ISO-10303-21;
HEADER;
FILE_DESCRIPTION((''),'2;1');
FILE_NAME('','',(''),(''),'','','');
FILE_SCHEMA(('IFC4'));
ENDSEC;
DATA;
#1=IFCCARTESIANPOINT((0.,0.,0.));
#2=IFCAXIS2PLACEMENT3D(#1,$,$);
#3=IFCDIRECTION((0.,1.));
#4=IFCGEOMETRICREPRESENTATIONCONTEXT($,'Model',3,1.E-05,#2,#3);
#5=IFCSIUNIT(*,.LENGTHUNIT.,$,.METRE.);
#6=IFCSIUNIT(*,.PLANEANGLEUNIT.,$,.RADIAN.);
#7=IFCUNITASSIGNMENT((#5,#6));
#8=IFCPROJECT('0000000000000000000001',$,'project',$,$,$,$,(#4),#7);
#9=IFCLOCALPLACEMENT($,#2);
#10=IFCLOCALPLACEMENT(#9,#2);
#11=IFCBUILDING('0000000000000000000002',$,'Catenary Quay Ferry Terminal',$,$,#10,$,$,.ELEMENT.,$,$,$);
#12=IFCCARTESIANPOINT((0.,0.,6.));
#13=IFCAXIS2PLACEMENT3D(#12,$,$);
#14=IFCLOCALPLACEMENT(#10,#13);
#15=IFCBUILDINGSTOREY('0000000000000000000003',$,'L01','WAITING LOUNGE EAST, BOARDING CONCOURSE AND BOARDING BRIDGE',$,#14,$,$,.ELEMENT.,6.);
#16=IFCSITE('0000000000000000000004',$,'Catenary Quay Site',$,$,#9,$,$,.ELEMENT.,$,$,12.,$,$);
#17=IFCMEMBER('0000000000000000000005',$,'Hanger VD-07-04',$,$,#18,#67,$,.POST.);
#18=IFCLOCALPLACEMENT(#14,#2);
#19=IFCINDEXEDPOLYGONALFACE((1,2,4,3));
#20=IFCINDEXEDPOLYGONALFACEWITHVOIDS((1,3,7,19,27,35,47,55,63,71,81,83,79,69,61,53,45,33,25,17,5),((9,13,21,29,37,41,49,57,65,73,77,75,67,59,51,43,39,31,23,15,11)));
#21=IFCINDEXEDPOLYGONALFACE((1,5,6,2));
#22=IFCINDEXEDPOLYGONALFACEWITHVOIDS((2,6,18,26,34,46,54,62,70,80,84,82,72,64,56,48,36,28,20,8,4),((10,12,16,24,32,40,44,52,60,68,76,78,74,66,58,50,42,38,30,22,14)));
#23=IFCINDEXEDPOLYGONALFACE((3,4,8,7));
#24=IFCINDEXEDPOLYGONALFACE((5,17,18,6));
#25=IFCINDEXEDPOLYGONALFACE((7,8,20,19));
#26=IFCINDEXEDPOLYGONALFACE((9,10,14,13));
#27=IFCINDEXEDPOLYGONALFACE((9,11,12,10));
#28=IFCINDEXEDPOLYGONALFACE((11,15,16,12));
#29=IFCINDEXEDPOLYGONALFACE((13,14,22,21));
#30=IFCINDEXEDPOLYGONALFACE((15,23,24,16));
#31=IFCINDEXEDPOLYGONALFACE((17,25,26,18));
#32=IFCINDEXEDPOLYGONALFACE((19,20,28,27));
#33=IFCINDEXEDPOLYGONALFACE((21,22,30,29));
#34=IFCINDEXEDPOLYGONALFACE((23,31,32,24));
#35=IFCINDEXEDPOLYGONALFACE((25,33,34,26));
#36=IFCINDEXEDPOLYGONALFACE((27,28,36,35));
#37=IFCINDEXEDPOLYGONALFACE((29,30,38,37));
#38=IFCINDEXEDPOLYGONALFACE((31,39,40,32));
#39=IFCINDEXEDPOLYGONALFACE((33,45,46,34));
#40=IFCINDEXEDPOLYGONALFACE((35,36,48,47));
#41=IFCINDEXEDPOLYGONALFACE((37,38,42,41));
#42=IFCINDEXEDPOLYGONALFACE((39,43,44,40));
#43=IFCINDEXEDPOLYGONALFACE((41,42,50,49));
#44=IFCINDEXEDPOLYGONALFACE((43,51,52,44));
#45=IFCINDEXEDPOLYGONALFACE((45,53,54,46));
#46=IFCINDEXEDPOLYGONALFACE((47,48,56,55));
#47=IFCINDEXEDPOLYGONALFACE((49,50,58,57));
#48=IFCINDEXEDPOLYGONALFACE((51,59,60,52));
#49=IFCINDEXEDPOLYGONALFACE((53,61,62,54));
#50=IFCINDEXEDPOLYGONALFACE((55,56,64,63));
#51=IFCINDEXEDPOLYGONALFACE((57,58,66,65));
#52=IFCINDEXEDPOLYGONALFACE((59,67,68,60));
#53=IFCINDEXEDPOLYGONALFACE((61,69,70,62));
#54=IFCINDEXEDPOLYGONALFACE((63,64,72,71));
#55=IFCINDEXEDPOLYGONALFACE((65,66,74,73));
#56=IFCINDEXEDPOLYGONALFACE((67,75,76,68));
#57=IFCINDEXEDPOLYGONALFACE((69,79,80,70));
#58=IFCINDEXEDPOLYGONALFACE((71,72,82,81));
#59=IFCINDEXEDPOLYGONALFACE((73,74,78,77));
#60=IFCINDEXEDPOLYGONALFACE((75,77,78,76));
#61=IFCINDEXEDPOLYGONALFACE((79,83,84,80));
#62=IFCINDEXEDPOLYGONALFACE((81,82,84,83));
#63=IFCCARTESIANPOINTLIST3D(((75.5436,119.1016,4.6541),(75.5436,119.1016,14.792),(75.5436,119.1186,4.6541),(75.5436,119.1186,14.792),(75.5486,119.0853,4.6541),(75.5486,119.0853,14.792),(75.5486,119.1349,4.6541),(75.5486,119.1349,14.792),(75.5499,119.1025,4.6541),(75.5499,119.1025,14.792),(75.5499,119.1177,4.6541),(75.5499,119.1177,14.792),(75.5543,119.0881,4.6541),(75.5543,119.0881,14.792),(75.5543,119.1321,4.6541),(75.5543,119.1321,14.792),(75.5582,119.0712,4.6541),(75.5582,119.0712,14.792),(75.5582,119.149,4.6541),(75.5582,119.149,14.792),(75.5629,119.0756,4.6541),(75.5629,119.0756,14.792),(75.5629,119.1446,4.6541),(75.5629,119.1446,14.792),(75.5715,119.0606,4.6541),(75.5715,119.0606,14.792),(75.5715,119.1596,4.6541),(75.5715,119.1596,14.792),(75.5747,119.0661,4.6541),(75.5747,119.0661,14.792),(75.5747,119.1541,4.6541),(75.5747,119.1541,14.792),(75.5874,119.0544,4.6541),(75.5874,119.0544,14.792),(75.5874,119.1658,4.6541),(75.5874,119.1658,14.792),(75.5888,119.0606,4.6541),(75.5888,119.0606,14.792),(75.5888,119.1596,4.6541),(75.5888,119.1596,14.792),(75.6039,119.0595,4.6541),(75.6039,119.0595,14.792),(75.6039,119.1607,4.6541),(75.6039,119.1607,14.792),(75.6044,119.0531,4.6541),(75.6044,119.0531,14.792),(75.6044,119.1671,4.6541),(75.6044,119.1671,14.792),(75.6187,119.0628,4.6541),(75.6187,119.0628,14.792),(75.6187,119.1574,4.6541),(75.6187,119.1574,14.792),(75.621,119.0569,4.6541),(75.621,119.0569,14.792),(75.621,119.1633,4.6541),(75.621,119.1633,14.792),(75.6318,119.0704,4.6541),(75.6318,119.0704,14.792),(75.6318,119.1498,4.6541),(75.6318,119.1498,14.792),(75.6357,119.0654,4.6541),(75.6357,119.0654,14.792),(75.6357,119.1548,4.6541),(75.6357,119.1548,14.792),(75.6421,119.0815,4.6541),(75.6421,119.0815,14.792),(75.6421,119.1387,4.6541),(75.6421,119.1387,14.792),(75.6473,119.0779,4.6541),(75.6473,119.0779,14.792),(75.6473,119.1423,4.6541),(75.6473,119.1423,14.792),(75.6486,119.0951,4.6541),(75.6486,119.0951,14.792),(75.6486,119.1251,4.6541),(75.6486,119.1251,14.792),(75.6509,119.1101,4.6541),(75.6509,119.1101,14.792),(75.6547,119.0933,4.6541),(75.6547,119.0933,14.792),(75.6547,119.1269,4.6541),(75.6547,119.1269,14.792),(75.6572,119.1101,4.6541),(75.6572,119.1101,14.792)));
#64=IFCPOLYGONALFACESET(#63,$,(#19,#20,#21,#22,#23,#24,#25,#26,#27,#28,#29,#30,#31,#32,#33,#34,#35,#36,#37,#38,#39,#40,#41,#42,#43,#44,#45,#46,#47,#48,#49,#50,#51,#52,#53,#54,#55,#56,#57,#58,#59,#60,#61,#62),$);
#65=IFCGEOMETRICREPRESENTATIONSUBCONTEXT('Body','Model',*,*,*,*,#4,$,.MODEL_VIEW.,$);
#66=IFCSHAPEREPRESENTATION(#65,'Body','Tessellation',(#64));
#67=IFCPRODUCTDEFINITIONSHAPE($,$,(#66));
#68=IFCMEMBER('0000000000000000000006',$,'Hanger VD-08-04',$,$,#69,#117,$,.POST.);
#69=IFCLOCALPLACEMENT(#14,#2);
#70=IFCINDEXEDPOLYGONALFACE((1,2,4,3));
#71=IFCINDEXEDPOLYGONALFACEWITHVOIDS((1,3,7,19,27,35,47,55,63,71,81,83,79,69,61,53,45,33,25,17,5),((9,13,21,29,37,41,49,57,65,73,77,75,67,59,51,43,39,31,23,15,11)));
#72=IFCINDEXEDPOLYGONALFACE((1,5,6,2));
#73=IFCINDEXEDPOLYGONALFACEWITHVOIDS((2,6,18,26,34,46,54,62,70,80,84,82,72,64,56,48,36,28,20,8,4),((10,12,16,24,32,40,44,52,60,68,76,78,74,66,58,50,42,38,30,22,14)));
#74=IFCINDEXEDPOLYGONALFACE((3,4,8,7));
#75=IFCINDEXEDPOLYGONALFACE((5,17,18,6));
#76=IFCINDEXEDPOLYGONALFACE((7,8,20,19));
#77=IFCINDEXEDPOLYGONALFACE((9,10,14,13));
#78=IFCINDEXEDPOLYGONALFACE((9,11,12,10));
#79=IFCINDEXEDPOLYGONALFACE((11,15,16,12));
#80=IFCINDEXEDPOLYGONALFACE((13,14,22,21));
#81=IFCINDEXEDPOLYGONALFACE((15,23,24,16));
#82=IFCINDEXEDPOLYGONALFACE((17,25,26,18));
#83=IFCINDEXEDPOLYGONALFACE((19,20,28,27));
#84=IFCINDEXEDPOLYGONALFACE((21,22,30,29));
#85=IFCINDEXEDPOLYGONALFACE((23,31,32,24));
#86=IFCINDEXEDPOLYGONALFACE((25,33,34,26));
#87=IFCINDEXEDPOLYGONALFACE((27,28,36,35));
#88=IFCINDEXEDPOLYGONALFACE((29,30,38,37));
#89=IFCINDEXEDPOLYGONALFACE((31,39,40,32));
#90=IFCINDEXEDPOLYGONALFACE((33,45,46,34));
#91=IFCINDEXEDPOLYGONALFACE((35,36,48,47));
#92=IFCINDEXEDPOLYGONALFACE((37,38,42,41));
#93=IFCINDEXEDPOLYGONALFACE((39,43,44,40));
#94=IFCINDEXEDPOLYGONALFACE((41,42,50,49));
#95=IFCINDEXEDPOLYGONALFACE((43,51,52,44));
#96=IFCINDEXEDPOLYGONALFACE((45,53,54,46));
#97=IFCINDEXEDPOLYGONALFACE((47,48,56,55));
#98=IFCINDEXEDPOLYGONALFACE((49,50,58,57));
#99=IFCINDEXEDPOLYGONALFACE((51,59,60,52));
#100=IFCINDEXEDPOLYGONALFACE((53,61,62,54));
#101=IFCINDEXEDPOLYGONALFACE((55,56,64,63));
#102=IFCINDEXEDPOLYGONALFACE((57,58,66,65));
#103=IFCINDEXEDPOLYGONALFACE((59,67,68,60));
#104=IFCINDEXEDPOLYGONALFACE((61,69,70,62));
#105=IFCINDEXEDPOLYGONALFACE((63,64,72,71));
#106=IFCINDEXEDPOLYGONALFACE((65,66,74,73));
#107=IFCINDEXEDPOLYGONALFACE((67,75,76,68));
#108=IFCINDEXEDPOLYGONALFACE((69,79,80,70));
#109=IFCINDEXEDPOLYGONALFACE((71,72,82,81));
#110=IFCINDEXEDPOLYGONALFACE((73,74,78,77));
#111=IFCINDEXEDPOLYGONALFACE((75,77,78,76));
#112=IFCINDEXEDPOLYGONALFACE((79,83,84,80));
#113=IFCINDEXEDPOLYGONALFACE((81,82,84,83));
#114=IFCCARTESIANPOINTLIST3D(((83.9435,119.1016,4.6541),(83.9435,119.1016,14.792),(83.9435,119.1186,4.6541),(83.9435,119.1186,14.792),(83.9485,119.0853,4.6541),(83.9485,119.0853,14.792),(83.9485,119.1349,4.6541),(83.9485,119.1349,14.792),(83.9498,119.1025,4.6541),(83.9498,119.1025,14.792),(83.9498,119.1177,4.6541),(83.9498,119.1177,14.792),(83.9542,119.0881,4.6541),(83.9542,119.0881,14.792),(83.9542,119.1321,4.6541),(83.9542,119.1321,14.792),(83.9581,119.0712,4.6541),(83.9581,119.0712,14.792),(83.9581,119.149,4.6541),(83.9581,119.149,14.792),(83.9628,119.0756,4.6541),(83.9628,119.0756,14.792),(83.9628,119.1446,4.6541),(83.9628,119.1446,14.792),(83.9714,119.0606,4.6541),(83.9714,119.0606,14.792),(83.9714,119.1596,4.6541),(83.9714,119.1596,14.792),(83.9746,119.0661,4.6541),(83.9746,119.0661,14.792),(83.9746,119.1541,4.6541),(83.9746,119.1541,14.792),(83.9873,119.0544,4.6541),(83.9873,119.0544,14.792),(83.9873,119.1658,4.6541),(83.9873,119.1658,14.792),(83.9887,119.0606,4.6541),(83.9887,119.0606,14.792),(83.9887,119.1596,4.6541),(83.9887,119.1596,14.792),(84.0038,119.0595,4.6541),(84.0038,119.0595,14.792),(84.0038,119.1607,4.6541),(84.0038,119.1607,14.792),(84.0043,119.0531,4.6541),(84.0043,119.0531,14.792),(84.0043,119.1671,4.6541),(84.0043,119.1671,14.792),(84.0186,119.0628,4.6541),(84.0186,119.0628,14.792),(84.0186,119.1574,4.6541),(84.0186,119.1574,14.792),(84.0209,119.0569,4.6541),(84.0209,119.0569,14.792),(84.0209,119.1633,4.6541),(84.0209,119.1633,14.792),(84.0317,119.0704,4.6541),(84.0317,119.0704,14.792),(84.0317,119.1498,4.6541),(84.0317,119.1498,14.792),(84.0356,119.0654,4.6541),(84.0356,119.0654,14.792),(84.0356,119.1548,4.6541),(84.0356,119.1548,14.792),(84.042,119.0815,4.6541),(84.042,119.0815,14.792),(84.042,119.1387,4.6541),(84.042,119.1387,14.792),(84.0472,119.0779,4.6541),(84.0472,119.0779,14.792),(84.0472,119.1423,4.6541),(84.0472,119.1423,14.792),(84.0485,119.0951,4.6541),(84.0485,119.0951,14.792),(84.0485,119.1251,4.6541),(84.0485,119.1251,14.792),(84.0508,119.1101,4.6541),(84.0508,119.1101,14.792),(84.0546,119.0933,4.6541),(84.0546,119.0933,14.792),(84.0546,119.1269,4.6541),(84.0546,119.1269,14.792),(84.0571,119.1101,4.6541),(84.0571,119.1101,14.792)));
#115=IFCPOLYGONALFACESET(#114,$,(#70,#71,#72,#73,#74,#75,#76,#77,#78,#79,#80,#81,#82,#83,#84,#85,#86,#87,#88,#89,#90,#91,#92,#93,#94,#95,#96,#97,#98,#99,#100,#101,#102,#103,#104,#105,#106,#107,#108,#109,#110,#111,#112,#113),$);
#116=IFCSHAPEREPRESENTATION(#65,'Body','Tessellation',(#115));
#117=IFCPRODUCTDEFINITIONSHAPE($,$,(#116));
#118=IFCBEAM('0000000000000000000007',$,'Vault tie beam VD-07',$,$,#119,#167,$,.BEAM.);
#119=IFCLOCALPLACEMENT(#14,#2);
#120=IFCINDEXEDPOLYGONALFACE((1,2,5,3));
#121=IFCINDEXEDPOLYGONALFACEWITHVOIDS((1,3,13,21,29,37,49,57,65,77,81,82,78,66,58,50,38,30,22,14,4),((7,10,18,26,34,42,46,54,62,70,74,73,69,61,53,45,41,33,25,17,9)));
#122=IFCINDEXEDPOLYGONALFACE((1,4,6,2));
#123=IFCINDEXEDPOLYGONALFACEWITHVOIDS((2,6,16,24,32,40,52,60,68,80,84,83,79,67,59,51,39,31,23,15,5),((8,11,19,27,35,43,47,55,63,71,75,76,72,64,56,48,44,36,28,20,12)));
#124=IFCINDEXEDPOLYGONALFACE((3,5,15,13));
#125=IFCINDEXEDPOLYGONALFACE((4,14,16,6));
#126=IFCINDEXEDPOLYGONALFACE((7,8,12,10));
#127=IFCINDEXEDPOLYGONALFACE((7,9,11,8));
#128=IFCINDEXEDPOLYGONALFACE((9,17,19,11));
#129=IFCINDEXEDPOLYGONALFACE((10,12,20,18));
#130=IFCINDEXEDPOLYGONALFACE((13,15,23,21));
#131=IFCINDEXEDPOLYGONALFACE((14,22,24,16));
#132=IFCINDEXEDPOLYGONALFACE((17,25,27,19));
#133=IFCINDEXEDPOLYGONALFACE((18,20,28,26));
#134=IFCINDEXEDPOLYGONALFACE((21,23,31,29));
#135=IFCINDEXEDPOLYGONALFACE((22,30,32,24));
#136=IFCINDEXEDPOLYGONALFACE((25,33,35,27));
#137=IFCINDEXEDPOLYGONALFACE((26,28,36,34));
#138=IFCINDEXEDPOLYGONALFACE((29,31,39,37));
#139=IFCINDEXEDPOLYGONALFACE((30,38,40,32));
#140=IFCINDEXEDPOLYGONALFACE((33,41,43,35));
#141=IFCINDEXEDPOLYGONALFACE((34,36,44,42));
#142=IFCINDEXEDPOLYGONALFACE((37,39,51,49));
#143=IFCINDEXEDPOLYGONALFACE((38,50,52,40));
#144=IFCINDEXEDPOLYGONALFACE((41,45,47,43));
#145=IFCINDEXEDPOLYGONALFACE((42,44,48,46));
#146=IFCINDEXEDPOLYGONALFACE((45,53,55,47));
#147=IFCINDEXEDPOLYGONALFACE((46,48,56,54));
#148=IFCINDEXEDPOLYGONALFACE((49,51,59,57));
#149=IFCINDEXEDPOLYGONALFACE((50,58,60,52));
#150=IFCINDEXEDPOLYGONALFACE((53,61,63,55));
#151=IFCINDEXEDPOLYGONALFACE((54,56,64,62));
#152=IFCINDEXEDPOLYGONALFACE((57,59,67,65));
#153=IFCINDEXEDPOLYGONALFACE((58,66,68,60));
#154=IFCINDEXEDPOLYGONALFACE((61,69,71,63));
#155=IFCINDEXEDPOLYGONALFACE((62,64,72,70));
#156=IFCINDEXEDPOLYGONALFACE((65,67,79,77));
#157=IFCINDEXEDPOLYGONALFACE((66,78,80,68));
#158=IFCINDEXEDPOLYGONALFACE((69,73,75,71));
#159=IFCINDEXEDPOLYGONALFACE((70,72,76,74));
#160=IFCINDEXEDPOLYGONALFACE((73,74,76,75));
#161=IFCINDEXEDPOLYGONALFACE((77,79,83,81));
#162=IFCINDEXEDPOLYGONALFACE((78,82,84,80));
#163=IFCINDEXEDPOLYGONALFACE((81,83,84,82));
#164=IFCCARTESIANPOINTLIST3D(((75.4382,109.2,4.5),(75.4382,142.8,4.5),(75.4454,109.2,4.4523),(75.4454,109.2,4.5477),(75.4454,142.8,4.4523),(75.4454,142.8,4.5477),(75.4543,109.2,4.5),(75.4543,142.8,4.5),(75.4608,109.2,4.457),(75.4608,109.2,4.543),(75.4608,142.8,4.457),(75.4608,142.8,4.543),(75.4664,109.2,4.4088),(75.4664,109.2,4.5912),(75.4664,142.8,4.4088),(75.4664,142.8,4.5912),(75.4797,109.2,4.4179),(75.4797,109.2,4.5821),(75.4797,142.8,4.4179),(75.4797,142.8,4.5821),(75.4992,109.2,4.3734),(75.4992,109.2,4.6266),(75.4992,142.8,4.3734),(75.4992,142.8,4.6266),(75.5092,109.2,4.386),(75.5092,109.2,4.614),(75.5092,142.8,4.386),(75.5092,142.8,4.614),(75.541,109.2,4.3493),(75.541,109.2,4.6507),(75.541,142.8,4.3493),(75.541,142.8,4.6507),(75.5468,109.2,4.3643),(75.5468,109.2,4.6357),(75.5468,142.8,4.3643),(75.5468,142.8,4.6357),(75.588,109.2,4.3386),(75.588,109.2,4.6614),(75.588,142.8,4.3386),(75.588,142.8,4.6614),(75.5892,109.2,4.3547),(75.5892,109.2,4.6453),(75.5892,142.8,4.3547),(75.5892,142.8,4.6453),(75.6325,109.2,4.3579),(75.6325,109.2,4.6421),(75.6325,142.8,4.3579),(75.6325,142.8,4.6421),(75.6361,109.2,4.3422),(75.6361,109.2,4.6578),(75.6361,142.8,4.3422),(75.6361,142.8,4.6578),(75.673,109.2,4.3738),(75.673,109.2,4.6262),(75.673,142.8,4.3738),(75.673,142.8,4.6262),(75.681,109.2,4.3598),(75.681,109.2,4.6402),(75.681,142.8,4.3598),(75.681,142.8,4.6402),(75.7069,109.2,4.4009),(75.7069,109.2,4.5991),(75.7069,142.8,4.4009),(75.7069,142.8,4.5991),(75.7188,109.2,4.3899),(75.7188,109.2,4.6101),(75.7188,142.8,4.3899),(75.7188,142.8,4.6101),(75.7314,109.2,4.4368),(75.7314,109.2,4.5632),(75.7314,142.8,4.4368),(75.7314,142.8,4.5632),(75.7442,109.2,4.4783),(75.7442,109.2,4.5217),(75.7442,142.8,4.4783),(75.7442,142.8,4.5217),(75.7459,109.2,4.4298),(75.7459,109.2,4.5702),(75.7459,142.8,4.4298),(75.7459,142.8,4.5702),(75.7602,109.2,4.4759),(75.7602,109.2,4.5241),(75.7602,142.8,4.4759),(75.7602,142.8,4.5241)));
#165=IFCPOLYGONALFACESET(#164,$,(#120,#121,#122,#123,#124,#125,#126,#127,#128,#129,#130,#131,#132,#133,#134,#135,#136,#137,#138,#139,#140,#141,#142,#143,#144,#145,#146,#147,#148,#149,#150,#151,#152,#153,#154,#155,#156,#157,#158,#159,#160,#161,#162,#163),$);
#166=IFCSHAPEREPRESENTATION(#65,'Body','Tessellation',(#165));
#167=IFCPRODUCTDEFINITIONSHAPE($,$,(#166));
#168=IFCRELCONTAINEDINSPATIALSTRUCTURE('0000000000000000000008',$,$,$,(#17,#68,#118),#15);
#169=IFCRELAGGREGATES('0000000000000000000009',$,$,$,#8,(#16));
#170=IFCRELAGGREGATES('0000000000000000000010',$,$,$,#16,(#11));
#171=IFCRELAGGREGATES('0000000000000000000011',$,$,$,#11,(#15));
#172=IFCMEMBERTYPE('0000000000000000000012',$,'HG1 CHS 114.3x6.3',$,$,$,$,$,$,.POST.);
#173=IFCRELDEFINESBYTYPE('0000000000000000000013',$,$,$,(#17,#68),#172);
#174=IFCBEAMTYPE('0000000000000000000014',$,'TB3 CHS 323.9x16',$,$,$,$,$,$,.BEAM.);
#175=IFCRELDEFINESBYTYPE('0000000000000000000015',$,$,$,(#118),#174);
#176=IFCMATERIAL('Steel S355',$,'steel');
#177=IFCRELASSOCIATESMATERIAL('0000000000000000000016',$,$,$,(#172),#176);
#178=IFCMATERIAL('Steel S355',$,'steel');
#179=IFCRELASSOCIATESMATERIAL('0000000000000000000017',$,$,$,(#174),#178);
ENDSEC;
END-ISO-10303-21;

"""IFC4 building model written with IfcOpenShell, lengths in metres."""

from ifc_helpers import new_model, si_unit, direction, frame, origin, origin_2d, place, context, subcontext, project, spatial, hollow_circle, extrude, material, material_profile, profile_set, type_object, element, save


model = new_model("IFC4")

# Units and contexts
model_context = context("Model", 3, precision=1e-05, world=origin(), true_north=direction((0.0, 1.0)))
body_context = subcontext(model_context, "Body", "Model", "MODEL_VIEW")
ifc_project = project(units=[si_unit("LENGTHUNIT", "METRE"), si_unit("PLANEANGLEUNIT", "RADIAN")], contexts=[model_context])

# Site, building, storey
site_placement = place(None, origin())
site = spatial("IfcSite", under=ifc_project, at=site_placement, Name="Catenary Quay Site", CompositionType="ELEMENT", RefElevation=12.0)
building_placement = place(site_placement, origin())
building = spatial("IfcBuilding", under=site, at=building_placement, Name="Catenary Quay Ferry Terminal", CompositionType="ELEMENT")
storey_placement = place(building_placement, frame((0.0, 0.0, 6.0)))
storey = spatial("IfcBuildingStorey", under=building, at=storey_placement, Name="L01", Description="WAITING LOUNGE EAST, BOARDING CONCOURSE AND BOARDING BRIDGE", CompositionType="ELEMENT", Elevation=6.0)

# Members
ifc_material_1 = material(Name="Steel S355", Category="steel")
ifc_material_profile_1 = material_profile(ifc_material_1, hollow_circle(Radius=0.0571, WallThickness=0.0063, at=origin_2d()), Name="CHS 114.3x6.3")
ifc_profile_set_1 = profile_set([ifc_material_profile_1], Name="Steel S355")
member_type = type_object("IfcMemberType", Name="HG1 CHS 114.3x6.3", PredefinedType="POST", material=ifc_profile_set_1)
for number, where, z_axis, x_axis, name in (
    (1, (75.6001, 119.1101, 4.6541), (0.0, 0.0, 1.0), (1.0, 0.0, 0.0), "Hanger VD-07-04"),
    (2, (84.0, 119.1101, 4.6541), (0.0, 0.0, 1.0), (1.0, 0.0, 0.0), "Hanger VD-08-04"),
):
    element("IfcMember", number, at=place(storey_placement, frame(where, z_axis=z_axis, x_axis=x_axis)), inside=storey, type_object=member_type, Name=name, PredefinedType="POST", context=body_context, shape_type="SweptSolid", body=[
        extrude(hollow_circle(Radius=0.0571, WallThickness=0.0063, at=origin_2d()), origin(), (0.0, 0.0, 1.0), 10.1379),
    ])

# Beam
ifc_material_2 = material(Name="Steel S355", Category="steel")
ifc_material_profile_2 = material_profile(ifc_material_2, hollow_circle(Radius=0.1619, WallThickness=0.0161, at=origin_2d()), Name="CHS 323.9x16")
ifc_profile_set_2 = profile_set([ifc_material_profile_2], Name="Steel S355")
beam_type_1 = type_object("IfcBeamType", Name="TB3 CHS 323.9x16", PredefinedType="BEAM", material=ifc_profile_set_2)
for number, where, z_axis, x_axis, name in (
    (3, (75.6001, 109.2, 4.5), (0.0, 1.0, 0.0), (-1.0, 0.0, 0.0), "Vault tie beam VD-07"),
):
    element("IfcBeam", number, at=place(storey_placement, frame(where, z_axis=z_axis, x_axis=x_axis)), inside=storey, type_object=beam_type_1, Name=name, PredefinedType="BEAM", context=body_context, shape_type="SweptSolid", body=[
        extrude(hollow_circle(Radius=0.1619, WallThickness=0.0161, at=origin_2d()), origin(), (0.0, 0.0, 1.0), 33.6001),
    ])

save(model, "model.ifc")
